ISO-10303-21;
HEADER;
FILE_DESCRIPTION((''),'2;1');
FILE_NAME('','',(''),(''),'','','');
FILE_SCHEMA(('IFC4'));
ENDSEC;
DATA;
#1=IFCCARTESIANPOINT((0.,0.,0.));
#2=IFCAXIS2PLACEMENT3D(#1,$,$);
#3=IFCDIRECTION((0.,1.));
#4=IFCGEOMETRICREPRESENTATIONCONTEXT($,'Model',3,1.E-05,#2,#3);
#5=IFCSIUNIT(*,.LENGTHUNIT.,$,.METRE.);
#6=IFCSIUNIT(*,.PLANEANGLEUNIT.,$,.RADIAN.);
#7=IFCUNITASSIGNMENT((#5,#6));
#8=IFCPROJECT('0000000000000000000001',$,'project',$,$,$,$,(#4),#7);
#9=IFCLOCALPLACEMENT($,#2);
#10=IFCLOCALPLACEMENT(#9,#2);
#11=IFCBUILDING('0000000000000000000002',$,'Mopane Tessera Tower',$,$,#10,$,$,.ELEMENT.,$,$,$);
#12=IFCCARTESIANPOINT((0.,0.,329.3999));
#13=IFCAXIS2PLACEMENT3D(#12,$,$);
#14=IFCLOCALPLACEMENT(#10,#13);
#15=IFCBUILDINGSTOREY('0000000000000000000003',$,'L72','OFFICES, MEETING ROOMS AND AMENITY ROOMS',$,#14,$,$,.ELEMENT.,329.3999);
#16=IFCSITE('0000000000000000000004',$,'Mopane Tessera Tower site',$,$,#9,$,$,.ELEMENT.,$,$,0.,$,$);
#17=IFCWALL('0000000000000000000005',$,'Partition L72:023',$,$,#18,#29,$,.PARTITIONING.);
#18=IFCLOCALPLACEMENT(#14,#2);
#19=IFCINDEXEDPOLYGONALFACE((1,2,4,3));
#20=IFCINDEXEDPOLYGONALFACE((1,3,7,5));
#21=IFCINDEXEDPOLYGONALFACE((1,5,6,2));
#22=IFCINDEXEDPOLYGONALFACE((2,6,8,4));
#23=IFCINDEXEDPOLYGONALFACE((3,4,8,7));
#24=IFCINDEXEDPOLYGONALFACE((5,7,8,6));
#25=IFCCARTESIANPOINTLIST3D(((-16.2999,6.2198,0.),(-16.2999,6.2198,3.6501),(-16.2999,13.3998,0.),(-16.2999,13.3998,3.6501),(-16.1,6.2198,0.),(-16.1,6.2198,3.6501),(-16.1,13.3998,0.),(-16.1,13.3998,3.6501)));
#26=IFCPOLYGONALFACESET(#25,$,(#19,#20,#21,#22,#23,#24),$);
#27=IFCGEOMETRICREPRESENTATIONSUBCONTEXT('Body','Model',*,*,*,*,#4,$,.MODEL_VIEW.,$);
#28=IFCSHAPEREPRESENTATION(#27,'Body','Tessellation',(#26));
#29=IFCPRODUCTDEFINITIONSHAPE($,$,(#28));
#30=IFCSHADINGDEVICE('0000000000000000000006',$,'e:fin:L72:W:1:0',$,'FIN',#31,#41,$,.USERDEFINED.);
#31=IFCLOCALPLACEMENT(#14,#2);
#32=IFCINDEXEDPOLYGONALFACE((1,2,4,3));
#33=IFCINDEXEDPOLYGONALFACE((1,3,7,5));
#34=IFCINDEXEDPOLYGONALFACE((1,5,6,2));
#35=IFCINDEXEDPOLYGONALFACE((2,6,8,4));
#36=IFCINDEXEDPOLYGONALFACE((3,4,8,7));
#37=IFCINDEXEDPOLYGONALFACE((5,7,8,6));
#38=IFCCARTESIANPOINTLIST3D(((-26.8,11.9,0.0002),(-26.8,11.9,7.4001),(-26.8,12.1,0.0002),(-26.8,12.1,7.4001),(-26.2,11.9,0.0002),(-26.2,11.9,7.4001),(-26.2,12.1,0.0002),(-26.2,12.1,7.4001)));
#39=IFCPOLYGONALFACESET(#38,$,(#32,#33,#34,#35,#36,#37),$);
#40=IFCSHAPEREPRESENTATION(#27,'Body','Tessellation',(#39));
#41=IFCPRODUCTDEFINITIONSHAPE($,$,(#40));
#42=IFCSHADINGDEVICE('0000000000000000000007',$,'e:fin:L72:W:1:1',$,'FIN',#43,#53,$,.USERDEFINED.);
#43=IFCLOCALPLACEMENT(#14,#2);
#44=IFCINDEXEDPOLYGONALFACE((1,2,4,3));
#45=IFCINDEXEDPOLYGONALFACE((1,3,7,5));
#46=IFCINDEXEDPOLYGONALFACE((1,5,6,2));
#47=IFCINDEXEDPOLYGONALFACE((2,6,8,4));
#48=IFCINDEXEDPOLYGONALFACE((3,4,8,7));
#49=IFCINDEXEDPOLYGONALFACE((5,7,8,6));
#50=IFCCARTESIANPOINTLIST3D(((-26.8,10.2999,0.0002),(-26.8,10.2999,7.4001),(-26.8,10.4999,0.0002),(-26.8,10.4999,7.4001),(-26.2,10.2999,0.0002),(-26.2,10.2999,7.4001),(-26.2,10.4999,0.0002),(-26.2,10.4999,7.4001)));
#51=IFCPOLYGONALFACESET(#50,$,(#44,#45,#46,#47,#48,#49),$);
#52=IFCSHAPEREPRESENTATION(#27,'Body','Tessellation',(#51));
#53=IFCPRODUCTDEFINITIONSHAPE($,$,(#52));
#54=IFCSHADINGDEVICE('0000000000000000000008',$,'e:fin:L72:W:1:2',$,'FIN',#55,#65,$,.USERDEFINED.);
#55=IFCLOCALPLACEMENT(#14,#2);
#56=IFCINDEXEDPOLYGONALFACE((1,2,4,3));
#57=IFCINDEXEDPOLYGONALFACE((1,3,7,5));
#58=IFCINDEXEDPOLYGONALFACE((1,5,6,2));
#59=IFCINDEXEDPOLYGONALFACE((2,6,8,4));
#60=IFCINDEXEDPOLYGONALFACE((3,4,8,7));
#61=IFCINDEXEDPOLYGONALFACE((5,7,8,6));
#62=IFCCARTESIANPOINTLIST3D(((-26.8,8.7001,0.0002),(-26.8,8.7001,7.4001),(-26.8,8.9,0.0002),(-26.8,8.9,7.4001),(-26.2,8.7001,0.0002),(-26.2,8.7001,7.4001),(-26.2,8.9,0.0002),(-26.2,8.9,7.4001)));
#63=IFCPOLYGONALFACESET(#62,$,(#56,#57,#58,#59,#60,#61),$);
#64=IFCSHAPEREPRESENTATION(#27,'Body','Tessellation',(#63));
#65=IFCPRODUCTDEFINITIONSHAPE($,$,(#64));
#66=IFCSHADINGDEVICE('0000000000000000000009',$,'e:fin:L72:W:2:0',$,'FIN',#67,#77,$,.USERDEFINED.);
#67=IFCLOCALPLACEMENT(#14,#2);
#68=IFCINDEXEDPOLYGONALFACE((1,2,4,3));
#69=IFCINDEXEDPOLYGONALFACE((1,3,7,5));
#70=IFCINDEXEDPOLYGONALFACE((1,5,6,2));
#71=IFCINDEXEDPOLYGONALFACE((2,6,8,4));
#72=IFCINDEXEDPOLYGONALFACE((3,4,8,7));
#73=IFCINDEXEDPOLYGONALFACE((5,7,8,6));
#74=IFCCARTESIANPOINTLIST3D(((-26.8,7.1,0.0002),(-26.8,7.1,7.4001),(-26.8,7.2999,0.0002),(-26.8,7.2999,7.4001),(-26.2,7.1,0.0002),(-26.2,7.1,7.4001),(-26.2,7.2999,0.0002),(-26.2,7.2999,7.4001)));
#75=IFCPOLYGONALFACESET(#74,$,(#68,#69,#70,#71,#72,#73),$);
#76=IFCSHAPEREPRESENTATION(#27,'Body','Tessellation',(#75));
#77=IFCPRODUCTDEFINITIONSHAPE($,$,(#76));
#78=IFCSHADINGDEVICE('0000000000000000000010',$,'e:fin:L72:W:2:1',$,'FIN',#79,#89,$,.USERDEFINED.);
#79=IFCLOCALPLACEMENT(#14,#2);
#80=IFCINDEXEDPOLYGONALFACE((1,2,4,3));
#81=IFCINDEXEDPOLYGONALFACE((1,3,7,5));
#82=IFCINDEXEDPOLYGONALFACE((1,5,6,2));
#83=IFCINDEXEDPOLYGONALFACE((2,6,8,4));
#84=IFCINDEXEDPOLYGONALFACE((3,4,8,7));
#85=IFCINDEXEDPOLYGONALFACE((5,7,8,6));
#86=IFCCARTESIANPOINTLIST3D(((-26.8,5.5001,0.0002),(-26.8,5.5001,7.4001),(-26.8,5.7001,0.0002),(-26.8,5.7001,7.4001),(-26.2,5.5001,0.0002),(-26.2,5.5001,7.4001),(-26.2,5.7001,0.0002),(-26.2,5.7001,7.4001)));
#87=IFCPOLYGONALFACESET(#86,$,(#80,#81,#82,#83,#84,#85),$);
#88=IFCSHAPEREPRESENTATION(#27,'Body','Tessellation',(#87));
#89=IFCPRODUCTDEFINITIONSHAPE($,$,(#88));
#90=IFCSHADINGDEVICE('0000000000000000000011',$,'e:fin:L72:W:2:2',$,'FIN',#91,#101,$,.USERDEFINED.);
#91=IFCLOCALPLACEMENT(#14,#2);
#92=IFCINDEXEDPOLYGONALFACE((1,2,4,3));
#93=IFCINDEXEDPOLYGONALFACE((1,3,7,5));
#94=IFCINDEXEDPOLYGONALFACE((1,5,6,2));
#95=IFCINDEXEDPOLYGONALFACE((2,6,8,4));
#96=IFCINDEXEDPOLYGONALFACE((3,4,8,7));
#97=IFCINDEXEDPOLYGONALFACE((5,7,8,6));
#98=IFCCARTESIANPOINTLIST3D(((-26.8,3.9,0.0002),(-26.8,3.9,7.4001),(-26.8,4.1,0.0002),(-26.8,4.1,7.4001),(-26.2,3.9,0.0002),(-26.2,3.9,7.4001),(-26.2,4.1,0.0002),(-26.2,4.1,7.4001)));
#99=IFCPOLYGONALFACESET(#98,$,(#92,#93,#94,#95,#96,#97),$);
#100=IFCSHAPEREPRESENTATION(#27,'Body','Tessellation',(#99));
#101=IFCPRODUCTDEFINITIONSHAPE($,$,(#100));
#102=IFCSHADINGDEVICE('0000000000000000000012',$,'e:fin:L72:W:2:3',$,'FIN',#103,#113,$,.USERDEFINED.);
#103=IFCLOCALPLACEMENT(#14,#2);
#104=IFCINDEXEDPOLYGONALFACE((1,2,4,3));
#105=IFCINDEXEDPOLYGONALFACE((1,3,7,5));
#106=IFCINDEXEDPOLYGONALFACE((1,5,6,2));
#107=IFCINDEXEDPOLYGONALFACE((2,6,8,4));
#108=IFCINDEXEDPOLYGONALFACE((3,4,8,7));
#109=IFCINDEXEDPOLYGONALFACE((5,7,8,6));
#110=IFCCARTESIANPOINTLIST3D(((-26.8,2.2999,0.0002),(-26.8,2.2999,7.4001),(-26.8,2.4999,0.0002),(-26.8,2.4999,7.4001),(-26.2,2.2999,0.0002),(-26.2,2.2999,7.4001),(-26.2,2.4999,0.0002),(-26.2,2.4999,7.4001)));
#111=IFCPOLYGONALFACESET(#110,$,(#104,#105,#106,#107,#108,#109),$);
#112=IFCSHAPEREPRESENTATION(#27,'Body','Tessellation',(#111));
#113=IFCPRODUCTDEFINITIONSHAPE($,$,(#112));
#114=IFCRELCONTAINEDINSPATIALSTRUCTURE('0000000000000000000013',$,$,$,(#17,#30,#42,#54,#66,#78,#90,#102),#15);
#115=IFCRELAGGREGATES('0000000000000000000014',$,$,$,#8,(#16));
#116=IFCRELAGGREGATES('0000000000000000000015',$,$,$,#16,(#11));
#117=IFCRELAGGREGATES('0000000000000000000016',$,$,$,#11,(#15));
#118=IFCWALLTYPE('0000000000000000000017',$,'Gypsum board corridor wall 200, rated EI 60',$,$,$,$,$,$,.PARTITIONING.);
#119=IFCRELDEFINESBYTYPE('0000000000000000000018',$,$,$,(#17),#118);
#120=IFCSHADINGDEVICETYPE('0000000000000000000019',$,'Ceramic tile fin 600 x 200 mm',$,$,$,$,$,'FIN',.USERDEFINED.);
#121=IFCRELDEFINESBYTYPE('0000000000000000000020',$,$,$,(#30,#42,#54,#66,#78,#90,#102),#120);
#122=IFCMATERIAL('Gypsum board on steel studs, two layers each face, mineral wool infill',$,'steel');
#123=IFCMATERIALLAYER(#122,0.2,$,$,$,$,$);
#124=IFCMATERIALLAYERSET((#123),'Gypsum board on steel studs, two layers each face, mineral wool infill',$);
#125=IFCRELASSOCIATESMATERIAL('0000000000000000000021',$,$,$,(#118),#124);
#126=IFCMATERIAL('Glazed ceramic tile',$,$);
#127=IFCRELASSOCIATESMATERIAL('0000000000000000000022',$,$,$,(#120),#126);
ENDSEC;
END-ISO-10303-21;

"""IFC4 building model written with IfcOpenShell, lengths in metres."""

from ifc_helpers import new_model, si_unit, direction, frame, frame_2d, origin, origin_2d, place, context, subcontext, project, spatial, rectangle, extrude, material, layer, layer_set, type_object, element, save


model = new_model("IFC4")

# Units and contexts
model_context = context("Model", 3, precision=1e-05, world=origin(), true_north=direction((0.0, 1.0)))
body_context = subcontext(model_context, "Body", "Model", "MODEL_VIEW")
ifc_project = project(units=[si_unit("LENGTHUNIT", "METRE"), si_unit("PLANEANGLEUNIT", "RADIAN")], contexts=[model_context])

# Site, building, storey
site_placement = place(None, origin())
site = spatial("IfcSite", under=ifc_project, at=site_placement, Name="Mopane Tessera Tower site", CompositionType="ELEMENT", RefElevation=0.0)
building_placement = place(site_placement, origin())
building = spatial("IfcBuilding", under=site, at=building_placement, Name="Mopane Tessera Tower", CompositionType="ELEMENT")
storey_placement = place(building_placement, frame((0.0, 0.0, 329.3999)))
storey = spatial("IfcBuildingStorey", under=building, at=storey_placement, Name="L72", Description="OFFICES, MEETING ROOMS AND AMENITY ROOMS", CompositionType="ELEMENT", Elevation=329.3999)

# Shared definitions
ifc_material_1 = material(Name="Gypsum board on steel studs, two layers each face, mineral wool infill", Category="steel")
ifc_layer_1 = layer(ifc_material_1, 0.2)
ifc_layer_set_1 = layer_set([ifc_layer_1], Name="Gypsum board on steel studs, two layers each face, mineral wool infill")
wall_type_1 = type_object("IfcWallType", Name="Gypsum board corridor wall 200, rated EI 60", PredefinedType="PARTITIONING", material=ifc_layer_set_1)

# Wall
wall_1_placement = place(storey_placement, frame((-16.2, 6.22, 0.0), z_axis=(0.0, 0.0, 1.0), x_axis=(0.0, 1.0, 0.0)))
element("IfcWall", 1, at=wall_1_placement, inside=storey, type_object=wall_type_1, Name="Partition L72:023", PredefinedType="PARTITIONING", context=body_context, shape_type="SweptSolid", body=[
    extrude(rectangle(XDim=7.1799, YDim=0.2, at=frame_2d((3.5898, 0.0))), origin(), (0.0, 0.0, 1.0), 3.6501),
])

# Shading devices
ifc_material_2 = material(Name="Glazed ceramic tile")
shading_device_type = type_object("IfcShadingDeviceType", Name="Ceramic tile fin 600 x 200 mm", ElementType="FIN", PredefinedType="USERDEFINED", material=ifc_material_2)
for number, where, z_axis, x_axis, name in (
    (2, (-26.5, 12.0, 0.0002), (0.0, 0.0, 1.0), (0.0, -1.0, 0.0), "e:fin:L72:W:1:0"),
    (3, (-26.5, 10.3999, 0.0002), (0.0, 0.0, 1.0), (0.0, -1.0, 0.0), "e:fin:L72:W:1:1"),
    (4, (-26.5, 8.8, 0.0002), (0.0, 0.0, 1.0), (0.0, -1.0, 0.0), "e:fin:L72:W:1:2"),
    (5, (-26.5, 7.2, 0.0002), (0.0, 0.0, 1.0), (0.0, -1.0, 0.0), "e:fin:L72:W:2:0"),
    (6, (-26.5, 5.6001, 0.0002), (0.0, 0.0, 1.0), (0.0, -1.0, 0.0), "e:fin:L72:W:2:1"),
    (7, (-26.5, 4.0, 0.0002), (0.0, 0.0, 1.0), (0.0, -1.0, 0.0), "e:fin:L72:W:2:2"),
    (8, (-26.5, 2.3999, 0.0002), (0.0, 0.0, 1.0), (0.0, -1.0, 0.0), "e:fin:L72:W:2:3"),
):
    element("IfcShadingDevice", number, at=place(storey_placement, frame(where, z_axis=z_axis, x_axis=x_axis)), inside=storey, type_object=shading_device_type, Name=name, ObjectType="FIN", PredefinedType="USERDEFINED", context=body_context, shape_type="SweptSolid", body=[
        extrude(rectangle(XDim=0.2, YDim=0.6001, at=origin_2d()), origin(), (0.0, 0.0, 1.0), 7.3999),
    ])

save(model, "model.ifc")
